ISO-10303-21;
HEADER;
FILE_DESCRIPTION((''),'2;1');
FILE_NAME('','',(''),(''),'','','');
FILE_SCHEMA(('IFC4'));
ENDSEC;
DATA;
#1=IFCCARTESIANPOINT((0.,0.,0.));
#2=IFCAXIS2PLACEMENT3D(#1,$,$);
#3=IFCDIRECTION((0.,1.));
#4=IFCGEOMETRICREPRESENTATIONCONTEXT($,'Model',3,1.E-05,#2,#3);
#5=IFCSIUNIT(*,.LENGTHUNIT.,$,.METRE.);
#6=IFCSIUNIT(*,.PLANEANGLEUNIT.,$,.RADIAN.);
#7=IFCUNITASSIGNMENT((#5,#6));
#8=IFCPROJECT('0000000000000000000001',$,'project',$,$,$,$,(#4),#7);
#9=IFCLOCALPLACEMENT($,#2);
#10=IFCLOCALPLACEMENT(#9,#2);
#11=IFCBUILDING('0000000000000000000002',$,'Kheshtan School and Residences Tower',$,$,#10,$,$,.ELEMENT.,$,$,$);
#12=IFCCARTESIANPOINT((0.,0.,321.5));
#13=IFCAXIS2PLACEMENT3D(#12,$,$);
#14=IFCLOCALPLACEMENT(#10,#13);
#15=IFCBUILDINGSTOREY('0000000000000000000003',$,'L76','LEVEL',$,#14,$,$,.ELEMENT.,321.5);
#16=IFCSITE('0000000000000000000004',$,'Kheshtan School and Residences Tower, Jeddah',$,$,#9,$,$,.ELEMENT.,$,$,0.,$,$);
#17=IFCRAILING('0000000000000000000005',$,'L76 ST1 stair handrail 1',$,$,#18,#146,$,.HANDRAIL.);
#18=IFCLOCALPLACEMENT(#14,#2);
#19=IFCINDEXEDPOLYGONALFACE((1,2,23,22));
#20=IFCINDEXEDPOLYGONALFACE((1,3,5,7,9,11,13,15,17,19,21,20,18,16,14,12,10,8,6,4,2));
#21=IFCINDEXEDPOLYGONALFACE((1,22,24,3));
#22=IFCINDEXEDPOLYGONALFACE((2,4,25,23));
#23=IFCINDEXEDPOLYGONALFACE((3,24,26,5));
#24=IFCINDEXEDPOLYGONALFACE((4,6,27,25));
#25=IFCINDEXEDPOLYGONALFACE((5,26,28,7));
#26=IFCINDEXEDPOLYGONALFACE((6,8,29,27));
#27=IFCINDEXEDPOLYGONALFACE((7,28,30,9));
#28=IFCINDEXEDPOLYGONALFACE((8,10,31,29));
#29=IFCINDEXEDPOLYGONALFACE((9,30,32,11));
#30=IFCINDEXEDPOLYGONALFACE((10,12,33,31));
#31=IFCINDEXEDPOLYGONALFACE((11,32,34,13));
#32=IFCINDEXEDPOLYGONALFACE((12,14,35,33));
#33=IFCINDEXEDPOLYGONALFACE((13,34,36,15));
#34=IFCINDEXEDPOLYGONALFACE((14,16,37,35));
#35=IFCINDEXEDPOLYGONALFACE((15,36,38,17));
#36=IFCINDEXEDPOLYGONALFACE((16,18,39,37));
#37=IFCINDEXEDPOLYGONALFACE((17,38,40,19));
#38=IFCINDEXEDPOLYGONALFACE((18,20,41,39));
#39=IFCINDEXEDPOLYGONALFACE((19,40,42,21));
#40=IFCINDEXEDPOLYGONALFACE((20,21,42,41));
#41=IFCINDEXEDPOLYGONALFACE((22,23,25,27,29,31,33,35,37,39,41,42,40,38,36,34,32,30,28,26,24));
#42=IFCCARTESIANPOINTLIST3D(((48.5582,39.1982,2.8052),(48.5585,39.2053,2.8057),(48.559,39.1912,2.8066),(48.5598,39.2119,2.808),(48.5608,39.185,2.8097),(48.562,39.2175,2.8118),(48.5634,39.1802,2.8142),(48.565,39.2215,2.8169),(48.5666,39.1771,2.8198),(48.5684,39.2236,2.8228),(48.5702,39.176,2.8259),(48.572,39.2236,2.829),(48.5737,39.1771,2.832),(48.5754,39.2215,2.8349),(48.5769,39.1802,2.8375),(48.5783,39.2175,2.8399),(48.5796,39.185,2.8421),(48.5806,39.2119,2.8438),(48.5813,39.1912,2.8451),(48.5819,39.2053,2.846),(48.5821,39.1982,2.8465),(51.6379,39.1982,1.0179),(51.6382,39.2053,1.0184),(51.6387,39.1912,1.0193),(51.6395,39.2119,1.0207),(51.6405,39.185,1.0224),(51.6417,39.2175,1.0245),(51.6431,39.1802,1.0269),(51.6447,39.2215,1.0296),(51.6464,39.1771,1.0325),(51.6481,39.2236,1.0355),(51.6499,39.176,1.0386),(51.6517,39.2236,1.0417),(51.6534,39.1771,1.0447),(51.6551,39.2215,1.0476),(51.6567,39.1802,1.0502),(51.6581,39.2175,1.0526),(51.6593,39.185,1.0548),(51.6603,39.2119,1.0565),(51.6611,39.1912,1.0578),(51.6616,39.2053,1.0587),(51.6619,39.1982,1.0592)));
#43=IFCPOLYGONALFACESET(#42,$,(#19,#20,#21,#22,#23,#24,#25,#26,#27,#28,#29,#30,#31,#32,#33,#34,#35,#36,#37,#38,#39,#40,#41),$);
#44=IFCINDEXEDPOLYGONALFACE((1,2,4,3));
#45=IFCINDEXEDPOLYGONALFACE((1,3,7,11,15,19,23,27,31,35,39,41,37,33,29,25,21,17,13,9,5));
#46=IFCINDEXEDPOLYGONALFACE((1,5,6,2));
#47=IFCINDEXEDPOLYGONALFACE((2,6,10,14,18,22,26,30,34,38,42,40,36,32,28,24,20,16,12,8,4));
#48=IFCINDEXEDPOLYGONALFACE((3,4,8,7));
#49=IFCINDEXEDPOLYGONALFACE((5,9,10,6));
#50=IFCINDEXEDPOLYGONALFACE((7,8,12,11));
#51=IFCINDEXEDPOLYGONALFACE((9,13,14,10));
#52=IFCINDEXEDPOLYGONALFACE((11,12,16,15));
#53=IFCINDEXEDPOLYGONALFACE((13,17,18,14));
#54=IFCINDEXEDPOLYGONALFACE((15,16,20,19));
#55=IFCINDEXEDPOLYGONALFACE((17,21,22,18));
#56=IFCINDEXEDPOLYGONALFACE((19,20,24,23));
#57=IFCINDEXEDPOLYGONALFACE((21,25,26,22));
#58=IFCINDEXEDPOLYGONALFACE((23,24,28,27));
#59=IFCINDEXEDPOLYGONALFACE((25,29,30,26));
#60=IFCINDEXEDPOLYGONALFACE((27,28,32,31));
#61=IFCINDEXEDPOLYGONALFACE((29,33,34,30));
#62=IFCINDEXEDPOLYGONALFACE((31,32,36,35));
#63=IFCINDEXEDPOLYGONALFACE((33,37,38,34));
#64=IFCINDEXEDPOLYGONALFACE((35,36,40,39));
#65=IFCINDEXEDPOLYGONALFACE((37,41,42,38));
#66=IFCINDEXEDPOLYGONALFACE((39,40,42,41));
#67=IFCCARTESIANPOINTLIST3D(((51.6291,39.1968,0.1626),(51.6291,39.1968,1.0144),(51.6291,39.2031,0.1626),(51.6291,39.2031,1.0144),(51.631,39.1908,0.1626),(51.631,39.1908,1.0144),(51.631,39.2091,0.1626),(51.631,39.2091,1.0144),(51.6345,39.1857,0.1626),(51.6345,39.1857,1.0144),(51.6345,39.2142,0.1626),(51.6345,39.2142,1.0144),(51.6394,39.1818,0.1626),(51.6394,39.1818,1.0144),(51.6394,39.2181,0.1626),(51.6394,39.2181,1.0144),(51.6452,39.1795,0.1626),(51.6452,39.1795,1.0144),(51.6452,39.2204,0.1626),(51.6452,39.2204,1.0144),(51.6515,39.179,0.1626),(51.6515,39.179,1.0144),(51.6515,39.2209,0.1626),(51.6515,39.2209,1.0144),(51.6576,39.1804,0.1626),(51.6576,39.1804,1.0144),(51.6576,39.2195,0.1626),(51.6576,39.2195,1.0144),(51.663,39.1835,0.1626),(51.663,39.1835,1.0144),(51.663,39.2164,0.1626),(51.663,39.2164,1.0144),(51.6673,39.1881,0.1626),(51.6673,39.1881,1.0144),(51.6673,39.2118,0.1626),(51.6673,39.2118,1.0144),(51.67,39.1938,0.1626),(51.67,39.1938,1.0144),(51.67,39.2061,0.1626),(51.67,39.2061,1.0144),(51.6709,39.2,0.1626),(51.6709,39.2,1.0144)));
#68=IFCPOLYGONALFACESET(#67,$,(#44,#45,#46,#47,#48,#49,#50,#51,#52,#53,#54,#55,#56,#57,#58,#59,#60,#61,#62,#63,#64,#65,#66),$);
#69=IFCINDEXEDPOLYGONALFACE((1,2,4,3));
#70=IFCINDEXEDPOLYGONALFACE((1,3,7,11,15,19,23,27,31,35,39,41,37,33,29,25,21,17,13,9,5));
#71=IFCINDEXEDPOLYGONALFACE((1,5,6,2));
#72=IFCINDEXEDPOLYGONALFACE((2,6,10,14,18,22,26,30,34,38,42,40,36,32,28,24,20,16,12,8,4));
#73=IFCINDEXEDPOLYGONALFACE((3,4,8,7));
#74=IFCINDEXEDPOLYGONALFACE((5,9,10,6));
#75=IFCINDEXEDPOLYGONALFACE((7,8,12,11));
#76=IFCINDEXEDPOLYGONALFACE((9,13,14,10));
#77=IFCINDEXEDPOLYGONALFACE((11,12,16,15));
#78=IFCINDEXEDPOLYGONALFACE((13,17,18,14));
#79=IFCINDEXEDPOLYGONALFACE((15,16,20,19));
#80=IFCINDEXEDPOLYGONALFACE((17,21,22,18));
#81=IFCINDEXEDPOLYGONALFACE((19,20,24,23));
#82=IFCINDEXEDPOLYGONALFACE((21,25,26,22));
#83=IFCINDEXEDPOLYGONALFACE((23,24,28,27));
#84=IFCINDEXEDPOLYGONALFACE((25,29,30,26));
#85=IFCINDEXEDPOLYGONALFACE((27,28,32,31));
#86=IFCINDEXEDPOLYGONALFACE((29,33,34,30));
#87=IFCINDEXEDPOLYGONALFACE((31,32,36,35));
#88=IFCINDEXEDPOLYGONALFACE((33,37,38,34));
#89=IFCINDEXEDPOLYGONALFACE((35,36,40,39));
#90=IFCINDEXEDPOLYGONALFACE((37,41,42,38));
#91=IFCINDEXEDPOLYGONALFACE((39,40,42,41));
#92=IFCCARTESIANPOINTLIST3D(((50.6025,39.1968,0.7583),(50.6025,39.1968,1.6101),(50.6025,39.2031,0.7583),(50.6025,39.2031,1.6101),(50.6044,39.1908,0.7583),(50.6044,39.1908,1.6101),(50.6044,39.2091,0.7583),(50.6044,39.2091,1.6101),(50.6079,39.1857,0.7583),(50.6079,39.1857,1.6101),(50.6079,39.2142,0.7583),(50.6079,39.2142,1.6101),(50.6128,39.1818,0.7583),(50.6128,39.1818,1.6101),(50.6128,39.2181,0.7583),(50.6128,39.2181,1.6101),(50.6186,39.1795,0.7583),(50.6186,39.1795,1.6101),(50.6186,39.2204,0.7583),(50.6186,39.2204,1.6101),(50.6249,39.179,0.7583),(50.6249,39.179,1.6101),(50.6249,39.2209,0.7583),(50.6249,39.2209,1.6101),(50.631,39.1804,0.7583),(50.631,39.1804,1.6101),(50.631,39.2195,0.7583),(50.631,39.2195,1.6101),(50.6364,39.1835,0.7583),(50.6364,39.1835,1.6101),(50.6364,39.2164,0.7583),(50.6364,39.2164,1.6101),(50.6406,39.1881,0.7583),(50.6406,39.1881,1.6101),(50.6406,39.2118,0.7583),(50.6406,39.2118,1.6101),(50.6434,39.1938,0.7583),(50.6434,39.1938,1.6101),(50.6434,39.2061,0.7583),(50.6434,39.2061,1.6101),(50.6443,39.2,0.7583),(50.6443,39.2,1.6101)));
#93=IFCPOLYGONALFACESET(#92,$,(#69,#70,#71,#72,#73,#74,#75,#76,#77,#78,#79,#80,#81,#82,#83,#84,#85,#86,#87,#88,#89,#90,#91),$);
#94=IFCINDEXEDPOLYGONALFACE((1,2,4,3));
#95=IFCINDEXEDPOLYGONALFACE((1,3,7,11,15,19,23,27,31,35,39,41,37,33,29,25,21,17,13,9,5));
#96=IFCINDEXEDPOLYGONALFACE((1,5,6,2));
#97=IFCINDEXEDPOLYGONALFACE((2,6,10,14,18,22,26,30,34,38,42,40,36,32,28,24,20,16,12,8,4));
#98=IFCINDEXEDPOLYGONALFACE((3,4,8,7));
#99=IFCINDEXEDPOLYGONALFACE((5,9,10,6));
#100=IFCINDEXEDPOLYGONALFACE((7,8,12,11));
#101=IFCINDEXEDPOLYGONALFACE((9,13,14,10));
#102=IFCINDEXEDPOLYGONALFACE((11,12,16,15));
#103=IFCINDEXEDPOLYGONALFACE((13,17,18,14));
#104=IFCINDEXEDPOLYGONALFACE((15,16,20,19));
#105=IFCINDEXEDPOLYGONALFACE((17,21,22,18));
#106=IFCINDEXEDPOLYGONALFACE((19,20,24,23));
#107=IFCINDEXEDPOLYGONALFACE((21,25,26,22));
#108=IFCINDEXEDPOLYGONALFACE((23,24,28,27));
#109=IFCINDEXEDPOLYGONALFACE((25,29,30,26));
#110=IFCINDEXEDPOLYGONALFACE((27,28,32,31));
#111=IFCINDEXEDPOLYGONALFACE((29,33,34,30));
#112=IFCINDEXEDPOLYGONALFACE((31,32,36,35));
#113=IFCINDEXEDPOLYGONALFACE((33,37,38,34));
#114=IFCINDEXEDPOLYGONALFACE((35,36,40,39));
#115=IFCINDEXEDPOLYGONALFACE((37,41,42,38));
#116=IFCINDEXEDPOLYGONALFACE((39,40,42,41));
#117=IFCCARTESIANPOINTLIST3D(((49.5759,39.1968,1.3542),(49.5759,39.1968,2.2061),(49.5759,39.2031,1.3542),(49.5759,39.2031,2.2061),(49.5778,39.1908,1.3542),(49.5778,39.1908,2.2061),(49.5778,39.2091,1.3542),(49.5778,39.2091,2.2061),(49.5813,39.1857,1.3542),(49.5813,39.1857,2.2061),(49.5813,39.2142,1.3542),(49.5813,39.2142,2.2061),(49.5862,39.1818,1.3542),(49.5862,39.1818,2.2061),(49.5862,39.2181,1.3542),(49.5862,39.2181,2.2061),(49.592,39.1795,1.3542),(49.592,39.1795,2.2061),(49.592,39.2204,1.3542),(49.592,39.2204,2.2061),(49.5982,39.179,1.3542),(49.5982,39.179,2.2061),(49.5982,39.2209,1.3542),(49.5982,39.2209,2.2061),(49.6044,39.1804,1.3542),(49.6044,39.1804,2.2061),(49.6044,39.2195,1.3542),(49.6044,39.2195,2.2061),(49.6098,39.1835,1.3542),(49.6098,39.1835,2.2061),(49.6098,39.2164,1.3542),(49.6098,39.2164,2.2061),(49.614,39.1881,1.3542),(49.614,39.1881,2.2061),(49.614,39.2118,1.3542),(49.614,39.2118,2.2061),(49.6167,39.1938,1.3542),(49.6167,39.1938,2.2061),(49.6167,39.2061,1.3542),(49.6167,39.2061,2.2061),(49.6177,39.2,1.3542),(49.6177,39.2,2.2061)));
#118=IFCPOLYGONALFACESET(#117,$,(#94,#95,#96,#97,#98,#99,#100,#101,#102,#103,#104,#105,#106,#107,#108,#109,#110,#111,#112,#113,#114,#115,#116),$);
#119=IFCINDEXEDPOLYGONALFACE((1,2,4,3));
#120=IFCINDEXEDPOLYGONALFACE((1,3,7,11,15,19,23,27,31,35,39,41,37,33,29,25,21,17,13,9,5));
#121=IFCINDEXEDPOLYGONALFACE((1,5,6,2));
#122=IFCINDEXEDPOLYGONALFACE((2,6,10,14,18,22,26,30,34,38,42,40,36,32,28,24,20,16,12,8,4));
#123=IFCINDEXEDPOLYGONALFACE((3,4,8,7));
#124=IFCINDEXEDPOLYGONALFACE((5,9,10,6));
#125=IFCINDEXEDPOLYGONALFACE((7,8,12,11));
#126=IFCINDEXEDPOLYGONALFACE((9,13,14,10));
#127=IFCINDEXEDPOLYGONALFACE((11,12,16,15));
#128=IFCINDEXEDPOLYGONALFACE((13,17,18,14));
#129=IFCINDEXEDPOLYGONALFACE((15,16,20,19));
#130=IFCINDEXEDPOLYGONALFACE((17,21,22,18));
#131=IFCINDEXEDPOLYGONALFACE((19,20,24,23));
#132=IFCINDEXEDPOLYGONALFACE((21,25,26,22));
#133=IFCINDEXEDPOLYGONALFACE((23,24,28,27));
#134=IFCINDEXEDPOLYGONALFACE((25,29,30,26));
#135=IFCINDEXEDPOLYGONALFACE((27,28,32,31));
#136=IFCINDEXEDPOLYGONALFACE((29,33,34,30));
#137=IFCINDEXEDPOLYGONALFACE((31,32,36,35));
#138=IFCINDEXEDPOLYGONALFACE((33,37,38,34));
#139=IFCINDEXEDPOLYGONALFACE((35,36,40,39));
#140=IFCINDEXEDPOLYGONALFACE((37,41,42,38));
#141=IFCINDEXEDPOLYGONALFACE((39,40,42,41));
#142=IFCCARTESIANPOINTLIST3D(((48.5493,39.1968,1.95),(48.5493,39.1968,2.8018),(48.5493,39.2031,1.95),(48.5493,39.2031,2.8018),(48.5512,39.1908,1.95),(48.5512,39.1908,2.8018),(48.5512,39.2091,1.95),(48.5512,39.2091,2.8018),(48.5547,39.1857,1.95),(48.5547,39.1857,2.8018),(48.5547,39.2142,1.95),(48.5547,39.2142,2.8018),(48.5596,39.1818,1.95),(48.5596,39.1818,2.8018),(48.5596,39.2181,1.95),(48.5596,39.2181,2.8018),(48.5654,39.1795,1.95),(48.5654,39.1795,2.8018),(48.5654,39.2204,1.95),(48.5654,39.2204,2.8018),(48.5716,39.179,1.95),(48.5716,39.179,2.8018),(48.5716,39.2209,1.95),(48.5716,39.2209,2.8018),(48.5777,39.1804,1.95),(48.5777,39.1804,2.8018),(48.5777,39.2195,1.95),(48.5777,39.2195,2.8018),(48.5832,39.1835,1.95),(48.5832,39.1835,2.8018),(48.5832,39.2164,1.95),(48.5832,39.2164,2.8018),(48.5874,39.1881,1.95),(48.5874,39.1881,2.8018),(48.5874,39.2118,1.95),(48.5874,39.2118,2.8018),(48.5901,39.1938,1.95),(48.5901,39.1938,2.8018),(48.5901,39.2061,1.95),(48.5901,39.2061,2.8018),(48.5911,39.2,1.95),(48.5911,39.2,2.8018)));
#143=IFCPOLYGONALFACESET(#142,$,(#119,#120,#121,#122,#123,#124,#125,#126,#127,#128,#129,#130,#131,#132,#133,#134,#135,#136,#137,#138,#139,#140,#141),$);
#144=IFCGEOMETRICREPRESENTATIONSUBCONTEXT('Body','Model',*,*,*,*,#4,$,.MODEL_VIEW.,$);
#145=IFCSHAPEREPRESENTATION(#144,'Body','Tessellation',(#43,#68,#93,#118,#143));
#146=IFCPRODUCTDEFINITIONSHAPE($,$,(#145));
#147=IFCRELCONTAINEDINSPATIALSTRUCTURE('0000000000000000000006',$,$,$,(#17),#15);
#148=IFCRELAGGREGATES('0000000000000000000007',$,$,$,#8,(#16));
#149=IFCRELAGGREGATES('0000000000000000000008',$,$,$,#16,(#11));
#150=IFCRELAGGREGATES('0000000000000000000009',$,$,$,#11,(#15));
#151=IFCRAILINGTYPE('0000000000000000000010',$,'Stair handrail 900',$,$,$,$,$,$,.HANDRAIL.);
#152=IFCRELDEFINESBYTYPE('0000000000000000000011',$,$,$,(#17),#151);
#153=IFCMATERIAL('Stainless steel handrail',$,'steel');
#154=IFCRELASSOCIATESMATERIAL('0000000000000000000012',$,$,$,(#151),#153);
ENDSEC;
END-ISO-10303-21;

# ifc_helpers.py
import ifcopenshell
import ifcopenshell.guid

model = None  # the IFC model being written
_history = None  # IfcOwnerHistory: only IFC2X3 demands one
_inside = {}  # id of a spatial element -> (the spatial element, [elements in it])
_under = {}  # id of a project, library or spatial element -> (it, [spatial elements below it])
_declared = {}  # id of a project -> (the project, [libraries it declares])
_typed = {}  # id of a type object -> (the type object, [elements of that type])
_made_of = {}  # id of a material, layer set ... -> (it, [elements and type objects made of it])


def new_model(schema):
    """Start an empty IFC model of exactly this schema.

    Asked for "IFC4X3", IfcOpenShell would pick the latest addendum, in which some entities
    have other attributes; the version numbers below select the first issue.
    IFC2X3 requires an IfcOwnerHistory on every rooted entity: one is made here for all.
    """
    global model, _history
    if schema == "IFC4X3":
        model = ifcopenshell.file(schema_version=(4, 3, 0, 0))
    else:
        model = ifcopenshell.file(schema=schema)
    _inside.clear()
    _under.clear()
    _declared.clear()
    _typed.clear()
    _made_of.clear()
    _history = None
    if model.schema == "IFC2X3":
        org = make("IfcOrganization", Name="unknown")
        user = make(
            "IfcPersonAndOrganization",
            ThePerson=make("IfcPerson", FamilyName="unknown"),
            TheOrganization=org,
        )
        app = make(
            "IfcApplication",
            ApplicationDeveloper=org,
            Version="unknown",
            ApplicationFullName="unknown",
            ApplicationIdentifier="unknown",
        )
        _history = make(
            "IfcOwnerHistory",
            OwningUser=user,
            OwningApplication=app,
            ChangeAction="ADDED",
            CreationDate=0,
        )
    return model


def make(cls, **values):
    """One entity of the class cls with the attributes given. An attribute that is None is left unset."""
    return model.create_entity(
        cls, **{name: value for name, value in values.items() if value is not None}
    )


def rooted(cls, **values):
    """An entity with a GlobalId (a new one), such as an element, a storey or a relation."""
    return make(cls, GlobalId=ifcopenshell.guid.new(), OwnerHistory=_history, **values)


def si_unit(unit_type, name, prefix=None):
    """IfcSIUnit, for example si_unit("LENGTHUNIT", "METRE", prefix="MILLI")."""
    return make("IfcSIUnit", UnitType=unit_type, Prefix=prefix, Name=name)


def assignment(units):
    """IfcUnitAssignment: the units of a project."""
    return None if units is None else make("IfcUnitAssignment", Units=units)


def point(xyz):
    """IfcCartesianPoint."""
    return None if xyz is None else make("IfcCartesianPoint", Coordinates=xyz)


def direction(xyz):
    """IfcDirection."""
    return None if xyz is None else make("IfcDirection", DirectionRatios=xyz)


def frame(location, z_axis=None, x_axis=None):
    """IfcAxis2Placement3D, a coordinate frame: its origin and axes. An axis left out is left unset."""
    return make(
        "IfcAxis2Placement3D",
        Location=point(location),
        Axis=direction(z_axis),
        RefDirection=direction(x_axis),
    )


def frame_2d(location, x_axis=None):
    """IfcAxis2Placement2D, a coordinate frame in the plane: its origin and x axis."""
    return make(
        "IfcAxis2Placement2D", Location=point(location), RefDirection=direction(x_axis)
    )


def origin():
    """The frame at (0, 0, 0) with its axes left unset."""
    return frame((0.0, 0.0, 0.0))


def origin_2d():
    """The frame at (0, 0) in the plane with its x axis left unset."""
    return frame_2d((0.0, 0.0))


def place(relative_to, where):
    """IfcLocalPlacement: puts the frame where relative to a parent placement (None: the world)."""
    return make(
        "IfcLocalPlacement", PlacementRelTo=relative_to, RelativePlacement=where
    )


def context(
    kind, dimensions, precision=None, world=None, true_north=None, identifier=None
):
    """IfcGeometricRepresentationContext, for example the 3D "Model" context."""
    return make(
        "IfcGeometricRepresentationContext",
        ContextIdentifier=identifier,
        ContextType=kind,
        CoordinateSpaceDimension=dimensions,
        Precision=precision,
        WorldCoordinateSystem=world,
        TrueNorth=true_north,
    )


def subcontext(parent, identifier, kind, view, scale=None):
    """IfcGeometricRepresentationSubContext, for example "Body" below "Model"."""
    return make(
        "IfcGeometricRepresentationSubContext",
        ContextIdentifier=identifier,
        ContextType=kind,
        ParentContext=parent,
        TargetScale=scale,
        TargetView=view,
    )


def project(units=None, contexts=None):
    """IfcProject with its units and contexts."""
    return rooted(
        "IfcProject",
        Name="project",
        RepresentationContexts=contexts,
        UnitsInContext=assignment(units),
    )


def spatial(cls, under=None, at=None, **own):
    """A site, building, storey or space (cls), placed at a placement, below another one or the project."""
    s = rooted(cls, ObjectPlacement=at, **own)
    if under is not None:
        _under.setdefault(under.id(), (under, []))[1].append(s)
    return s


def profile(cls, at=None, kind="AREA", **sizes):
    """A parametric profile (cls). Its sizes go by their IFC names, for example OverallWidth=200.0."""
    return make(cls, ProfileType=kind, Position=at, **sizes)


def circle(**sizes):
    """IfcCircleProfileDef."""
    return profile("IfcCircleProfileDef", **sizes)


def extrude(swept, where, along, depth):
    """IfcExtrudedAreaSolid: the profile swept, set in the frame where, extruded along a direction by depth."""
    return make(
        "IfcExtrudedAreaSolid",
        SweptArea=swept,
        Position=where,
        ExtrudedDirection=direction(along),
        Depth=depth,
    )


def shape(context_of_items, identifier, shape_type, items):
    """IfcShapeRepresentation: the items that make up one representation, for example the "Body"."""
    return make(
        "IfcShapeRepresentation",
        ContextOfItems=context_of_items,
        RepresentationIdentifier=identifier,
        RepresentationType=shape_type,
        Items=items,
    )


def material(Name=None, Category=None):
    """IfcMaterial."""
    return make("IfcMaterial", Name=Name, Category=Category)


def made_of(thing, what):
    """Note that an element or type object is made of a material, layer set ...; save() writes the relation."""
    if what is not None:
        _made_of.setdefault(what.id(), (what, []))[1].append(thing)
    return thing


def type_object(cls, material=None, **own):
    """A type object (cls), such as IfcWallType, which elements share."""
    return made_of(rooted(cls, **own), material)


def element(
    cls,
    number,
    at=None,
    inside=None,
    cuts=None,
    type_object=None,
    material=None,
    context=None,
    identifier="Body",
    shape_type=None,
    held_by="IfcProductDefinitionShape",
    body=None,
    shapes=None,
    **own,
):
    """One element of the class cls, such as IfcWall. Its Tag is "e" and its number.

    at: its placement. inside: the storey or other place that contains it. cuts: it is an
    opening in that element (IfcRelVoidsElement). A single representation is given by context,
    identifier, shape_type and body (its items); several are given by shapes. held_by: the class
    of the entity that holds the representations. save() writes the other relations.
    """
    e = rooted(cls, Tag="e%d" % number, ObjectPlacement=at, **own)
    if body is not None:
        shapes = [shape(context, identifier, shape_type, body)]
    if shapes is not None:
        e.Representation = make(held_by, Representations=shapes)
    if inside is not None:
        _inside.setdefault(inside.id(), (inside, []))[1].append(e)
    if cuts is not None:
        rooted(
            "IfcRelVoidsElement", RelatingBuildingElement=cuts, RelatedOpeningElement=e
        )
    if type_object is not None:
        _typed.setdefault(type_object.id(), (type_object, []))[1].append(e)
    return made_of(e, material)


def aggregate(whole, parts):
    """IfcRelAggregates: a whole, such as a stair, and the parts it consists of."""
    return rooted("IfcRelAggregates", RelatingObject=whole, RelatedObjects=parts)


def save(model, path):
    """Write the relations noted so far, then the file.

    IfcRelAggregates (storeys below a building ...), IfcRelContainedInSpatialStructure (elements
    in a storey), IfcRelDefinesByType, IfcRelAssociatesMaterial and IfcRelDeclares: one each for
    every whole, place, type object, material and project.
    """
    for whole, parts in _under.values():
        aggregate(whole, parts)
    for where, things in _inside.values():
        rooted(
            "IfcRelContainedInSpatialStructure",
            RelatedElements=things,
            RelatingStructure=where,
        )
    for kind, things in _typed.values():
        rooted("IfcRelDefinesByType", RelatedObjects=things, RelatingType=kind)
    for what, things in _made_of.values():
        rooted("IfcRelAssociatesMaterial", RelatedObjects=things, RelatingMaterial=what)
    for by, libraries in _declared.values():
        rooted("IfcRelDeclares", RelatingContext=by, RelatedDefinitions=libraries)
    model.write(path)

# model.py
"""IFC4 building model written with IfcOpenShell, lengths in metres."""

from ifc_helpers import new_model, si_unit, direction, frame, origin, origin_2d, place, context, subcontext, project, spatial, circle, extrude, material, type_object, element, save


model = new_model("IFC4")

# Units and contexts
model_context = context("Model", 3, precision=1e-05, world=origin(), true_north=direction((0.0, 1.0)))
body_context = subcontext(model_context, "Body", "Model", "MODEL_VIEW")
ifc_project = project(units=[si_unit("LENGTHUNIT", "METRE"), si_unit("PLANEANGLEUNIT", "RADIAN")], contexts=[model_context])

# Site, building, storey
site_placement = place(None, origin())
site = spatial("IfcSite", under=ifc_project, at=site_placement, Name="Kheshtan School and Residences Tower, Jeddah", CompositionType="ELEMENT", RefElevation=0.0)
building_placement = place(site_placement, origin())
building = spatial("IfcBuilding", under=site, at=building_placement, Name="Kheshtan School and Residences Tower", CompositionType="ELEMENT")
storey_placement = place(building_placement, frame((0.0, 0.0, 321.5)))
storey = spatial("IfcBuildingStorey", under=building, at=storey_placement, Name="L76", Description="LEVEL", CompositionType="ELEMENT", Elevation=321.5)

# Railing
ifc_material_1 = material(Name="Stainless steel handrail", Category="steel")
railing_type_1 = type_object("IfcRailingType", Name="Stair handrail 900", PredefinedType="HANDRAIL", material=ifc_material_1)
railing_1_placement = place(storey_placement, frame((51.6499, 39.2, 0.1626)))
element("IfcRailing", 1, at=railing_1_placement, inside=storey, type_object=railing_type_1, Name="L76 ST1 stair handrail 1", PredefinedType="HANDRAIL", context=body_context, shape_type="SweptSolid", body=[
    extrude(circle(Radius=0.0239, at=origin_2d()), frame((0.0, 0.0, 0.876), z_axis=(-0.864903, 0.0, 0.501939), x_axis=(0.0, -1.0, 0.0)), (0.0, 0.0, 1.0), 3.5608),
    extrude(circle(Radius=0.021, at=origin_2d()), origin(), (0.0, 0.0, 1.0), 0.8518),
    extrude(circle(Radius=0.021, at=origin_2d()), frame((-1.0266, 0.0, 0.5957)), (0.0, 0.0, 1.0), 0.8518),
    extrude(circle(Radius=0.021, at=origin_2d()), frame((-2.0532, 0.0, 1.1917)), (0.0, 0.0, 1.0), 0.8518),
    extrude(circle(Radius=0.021, at=origin_2d()), frame((-3.0798, 0.0, 1.7874)), (0.0, 0.0, 1.0), 0.8518),
])

save(model, "model.ifc")
